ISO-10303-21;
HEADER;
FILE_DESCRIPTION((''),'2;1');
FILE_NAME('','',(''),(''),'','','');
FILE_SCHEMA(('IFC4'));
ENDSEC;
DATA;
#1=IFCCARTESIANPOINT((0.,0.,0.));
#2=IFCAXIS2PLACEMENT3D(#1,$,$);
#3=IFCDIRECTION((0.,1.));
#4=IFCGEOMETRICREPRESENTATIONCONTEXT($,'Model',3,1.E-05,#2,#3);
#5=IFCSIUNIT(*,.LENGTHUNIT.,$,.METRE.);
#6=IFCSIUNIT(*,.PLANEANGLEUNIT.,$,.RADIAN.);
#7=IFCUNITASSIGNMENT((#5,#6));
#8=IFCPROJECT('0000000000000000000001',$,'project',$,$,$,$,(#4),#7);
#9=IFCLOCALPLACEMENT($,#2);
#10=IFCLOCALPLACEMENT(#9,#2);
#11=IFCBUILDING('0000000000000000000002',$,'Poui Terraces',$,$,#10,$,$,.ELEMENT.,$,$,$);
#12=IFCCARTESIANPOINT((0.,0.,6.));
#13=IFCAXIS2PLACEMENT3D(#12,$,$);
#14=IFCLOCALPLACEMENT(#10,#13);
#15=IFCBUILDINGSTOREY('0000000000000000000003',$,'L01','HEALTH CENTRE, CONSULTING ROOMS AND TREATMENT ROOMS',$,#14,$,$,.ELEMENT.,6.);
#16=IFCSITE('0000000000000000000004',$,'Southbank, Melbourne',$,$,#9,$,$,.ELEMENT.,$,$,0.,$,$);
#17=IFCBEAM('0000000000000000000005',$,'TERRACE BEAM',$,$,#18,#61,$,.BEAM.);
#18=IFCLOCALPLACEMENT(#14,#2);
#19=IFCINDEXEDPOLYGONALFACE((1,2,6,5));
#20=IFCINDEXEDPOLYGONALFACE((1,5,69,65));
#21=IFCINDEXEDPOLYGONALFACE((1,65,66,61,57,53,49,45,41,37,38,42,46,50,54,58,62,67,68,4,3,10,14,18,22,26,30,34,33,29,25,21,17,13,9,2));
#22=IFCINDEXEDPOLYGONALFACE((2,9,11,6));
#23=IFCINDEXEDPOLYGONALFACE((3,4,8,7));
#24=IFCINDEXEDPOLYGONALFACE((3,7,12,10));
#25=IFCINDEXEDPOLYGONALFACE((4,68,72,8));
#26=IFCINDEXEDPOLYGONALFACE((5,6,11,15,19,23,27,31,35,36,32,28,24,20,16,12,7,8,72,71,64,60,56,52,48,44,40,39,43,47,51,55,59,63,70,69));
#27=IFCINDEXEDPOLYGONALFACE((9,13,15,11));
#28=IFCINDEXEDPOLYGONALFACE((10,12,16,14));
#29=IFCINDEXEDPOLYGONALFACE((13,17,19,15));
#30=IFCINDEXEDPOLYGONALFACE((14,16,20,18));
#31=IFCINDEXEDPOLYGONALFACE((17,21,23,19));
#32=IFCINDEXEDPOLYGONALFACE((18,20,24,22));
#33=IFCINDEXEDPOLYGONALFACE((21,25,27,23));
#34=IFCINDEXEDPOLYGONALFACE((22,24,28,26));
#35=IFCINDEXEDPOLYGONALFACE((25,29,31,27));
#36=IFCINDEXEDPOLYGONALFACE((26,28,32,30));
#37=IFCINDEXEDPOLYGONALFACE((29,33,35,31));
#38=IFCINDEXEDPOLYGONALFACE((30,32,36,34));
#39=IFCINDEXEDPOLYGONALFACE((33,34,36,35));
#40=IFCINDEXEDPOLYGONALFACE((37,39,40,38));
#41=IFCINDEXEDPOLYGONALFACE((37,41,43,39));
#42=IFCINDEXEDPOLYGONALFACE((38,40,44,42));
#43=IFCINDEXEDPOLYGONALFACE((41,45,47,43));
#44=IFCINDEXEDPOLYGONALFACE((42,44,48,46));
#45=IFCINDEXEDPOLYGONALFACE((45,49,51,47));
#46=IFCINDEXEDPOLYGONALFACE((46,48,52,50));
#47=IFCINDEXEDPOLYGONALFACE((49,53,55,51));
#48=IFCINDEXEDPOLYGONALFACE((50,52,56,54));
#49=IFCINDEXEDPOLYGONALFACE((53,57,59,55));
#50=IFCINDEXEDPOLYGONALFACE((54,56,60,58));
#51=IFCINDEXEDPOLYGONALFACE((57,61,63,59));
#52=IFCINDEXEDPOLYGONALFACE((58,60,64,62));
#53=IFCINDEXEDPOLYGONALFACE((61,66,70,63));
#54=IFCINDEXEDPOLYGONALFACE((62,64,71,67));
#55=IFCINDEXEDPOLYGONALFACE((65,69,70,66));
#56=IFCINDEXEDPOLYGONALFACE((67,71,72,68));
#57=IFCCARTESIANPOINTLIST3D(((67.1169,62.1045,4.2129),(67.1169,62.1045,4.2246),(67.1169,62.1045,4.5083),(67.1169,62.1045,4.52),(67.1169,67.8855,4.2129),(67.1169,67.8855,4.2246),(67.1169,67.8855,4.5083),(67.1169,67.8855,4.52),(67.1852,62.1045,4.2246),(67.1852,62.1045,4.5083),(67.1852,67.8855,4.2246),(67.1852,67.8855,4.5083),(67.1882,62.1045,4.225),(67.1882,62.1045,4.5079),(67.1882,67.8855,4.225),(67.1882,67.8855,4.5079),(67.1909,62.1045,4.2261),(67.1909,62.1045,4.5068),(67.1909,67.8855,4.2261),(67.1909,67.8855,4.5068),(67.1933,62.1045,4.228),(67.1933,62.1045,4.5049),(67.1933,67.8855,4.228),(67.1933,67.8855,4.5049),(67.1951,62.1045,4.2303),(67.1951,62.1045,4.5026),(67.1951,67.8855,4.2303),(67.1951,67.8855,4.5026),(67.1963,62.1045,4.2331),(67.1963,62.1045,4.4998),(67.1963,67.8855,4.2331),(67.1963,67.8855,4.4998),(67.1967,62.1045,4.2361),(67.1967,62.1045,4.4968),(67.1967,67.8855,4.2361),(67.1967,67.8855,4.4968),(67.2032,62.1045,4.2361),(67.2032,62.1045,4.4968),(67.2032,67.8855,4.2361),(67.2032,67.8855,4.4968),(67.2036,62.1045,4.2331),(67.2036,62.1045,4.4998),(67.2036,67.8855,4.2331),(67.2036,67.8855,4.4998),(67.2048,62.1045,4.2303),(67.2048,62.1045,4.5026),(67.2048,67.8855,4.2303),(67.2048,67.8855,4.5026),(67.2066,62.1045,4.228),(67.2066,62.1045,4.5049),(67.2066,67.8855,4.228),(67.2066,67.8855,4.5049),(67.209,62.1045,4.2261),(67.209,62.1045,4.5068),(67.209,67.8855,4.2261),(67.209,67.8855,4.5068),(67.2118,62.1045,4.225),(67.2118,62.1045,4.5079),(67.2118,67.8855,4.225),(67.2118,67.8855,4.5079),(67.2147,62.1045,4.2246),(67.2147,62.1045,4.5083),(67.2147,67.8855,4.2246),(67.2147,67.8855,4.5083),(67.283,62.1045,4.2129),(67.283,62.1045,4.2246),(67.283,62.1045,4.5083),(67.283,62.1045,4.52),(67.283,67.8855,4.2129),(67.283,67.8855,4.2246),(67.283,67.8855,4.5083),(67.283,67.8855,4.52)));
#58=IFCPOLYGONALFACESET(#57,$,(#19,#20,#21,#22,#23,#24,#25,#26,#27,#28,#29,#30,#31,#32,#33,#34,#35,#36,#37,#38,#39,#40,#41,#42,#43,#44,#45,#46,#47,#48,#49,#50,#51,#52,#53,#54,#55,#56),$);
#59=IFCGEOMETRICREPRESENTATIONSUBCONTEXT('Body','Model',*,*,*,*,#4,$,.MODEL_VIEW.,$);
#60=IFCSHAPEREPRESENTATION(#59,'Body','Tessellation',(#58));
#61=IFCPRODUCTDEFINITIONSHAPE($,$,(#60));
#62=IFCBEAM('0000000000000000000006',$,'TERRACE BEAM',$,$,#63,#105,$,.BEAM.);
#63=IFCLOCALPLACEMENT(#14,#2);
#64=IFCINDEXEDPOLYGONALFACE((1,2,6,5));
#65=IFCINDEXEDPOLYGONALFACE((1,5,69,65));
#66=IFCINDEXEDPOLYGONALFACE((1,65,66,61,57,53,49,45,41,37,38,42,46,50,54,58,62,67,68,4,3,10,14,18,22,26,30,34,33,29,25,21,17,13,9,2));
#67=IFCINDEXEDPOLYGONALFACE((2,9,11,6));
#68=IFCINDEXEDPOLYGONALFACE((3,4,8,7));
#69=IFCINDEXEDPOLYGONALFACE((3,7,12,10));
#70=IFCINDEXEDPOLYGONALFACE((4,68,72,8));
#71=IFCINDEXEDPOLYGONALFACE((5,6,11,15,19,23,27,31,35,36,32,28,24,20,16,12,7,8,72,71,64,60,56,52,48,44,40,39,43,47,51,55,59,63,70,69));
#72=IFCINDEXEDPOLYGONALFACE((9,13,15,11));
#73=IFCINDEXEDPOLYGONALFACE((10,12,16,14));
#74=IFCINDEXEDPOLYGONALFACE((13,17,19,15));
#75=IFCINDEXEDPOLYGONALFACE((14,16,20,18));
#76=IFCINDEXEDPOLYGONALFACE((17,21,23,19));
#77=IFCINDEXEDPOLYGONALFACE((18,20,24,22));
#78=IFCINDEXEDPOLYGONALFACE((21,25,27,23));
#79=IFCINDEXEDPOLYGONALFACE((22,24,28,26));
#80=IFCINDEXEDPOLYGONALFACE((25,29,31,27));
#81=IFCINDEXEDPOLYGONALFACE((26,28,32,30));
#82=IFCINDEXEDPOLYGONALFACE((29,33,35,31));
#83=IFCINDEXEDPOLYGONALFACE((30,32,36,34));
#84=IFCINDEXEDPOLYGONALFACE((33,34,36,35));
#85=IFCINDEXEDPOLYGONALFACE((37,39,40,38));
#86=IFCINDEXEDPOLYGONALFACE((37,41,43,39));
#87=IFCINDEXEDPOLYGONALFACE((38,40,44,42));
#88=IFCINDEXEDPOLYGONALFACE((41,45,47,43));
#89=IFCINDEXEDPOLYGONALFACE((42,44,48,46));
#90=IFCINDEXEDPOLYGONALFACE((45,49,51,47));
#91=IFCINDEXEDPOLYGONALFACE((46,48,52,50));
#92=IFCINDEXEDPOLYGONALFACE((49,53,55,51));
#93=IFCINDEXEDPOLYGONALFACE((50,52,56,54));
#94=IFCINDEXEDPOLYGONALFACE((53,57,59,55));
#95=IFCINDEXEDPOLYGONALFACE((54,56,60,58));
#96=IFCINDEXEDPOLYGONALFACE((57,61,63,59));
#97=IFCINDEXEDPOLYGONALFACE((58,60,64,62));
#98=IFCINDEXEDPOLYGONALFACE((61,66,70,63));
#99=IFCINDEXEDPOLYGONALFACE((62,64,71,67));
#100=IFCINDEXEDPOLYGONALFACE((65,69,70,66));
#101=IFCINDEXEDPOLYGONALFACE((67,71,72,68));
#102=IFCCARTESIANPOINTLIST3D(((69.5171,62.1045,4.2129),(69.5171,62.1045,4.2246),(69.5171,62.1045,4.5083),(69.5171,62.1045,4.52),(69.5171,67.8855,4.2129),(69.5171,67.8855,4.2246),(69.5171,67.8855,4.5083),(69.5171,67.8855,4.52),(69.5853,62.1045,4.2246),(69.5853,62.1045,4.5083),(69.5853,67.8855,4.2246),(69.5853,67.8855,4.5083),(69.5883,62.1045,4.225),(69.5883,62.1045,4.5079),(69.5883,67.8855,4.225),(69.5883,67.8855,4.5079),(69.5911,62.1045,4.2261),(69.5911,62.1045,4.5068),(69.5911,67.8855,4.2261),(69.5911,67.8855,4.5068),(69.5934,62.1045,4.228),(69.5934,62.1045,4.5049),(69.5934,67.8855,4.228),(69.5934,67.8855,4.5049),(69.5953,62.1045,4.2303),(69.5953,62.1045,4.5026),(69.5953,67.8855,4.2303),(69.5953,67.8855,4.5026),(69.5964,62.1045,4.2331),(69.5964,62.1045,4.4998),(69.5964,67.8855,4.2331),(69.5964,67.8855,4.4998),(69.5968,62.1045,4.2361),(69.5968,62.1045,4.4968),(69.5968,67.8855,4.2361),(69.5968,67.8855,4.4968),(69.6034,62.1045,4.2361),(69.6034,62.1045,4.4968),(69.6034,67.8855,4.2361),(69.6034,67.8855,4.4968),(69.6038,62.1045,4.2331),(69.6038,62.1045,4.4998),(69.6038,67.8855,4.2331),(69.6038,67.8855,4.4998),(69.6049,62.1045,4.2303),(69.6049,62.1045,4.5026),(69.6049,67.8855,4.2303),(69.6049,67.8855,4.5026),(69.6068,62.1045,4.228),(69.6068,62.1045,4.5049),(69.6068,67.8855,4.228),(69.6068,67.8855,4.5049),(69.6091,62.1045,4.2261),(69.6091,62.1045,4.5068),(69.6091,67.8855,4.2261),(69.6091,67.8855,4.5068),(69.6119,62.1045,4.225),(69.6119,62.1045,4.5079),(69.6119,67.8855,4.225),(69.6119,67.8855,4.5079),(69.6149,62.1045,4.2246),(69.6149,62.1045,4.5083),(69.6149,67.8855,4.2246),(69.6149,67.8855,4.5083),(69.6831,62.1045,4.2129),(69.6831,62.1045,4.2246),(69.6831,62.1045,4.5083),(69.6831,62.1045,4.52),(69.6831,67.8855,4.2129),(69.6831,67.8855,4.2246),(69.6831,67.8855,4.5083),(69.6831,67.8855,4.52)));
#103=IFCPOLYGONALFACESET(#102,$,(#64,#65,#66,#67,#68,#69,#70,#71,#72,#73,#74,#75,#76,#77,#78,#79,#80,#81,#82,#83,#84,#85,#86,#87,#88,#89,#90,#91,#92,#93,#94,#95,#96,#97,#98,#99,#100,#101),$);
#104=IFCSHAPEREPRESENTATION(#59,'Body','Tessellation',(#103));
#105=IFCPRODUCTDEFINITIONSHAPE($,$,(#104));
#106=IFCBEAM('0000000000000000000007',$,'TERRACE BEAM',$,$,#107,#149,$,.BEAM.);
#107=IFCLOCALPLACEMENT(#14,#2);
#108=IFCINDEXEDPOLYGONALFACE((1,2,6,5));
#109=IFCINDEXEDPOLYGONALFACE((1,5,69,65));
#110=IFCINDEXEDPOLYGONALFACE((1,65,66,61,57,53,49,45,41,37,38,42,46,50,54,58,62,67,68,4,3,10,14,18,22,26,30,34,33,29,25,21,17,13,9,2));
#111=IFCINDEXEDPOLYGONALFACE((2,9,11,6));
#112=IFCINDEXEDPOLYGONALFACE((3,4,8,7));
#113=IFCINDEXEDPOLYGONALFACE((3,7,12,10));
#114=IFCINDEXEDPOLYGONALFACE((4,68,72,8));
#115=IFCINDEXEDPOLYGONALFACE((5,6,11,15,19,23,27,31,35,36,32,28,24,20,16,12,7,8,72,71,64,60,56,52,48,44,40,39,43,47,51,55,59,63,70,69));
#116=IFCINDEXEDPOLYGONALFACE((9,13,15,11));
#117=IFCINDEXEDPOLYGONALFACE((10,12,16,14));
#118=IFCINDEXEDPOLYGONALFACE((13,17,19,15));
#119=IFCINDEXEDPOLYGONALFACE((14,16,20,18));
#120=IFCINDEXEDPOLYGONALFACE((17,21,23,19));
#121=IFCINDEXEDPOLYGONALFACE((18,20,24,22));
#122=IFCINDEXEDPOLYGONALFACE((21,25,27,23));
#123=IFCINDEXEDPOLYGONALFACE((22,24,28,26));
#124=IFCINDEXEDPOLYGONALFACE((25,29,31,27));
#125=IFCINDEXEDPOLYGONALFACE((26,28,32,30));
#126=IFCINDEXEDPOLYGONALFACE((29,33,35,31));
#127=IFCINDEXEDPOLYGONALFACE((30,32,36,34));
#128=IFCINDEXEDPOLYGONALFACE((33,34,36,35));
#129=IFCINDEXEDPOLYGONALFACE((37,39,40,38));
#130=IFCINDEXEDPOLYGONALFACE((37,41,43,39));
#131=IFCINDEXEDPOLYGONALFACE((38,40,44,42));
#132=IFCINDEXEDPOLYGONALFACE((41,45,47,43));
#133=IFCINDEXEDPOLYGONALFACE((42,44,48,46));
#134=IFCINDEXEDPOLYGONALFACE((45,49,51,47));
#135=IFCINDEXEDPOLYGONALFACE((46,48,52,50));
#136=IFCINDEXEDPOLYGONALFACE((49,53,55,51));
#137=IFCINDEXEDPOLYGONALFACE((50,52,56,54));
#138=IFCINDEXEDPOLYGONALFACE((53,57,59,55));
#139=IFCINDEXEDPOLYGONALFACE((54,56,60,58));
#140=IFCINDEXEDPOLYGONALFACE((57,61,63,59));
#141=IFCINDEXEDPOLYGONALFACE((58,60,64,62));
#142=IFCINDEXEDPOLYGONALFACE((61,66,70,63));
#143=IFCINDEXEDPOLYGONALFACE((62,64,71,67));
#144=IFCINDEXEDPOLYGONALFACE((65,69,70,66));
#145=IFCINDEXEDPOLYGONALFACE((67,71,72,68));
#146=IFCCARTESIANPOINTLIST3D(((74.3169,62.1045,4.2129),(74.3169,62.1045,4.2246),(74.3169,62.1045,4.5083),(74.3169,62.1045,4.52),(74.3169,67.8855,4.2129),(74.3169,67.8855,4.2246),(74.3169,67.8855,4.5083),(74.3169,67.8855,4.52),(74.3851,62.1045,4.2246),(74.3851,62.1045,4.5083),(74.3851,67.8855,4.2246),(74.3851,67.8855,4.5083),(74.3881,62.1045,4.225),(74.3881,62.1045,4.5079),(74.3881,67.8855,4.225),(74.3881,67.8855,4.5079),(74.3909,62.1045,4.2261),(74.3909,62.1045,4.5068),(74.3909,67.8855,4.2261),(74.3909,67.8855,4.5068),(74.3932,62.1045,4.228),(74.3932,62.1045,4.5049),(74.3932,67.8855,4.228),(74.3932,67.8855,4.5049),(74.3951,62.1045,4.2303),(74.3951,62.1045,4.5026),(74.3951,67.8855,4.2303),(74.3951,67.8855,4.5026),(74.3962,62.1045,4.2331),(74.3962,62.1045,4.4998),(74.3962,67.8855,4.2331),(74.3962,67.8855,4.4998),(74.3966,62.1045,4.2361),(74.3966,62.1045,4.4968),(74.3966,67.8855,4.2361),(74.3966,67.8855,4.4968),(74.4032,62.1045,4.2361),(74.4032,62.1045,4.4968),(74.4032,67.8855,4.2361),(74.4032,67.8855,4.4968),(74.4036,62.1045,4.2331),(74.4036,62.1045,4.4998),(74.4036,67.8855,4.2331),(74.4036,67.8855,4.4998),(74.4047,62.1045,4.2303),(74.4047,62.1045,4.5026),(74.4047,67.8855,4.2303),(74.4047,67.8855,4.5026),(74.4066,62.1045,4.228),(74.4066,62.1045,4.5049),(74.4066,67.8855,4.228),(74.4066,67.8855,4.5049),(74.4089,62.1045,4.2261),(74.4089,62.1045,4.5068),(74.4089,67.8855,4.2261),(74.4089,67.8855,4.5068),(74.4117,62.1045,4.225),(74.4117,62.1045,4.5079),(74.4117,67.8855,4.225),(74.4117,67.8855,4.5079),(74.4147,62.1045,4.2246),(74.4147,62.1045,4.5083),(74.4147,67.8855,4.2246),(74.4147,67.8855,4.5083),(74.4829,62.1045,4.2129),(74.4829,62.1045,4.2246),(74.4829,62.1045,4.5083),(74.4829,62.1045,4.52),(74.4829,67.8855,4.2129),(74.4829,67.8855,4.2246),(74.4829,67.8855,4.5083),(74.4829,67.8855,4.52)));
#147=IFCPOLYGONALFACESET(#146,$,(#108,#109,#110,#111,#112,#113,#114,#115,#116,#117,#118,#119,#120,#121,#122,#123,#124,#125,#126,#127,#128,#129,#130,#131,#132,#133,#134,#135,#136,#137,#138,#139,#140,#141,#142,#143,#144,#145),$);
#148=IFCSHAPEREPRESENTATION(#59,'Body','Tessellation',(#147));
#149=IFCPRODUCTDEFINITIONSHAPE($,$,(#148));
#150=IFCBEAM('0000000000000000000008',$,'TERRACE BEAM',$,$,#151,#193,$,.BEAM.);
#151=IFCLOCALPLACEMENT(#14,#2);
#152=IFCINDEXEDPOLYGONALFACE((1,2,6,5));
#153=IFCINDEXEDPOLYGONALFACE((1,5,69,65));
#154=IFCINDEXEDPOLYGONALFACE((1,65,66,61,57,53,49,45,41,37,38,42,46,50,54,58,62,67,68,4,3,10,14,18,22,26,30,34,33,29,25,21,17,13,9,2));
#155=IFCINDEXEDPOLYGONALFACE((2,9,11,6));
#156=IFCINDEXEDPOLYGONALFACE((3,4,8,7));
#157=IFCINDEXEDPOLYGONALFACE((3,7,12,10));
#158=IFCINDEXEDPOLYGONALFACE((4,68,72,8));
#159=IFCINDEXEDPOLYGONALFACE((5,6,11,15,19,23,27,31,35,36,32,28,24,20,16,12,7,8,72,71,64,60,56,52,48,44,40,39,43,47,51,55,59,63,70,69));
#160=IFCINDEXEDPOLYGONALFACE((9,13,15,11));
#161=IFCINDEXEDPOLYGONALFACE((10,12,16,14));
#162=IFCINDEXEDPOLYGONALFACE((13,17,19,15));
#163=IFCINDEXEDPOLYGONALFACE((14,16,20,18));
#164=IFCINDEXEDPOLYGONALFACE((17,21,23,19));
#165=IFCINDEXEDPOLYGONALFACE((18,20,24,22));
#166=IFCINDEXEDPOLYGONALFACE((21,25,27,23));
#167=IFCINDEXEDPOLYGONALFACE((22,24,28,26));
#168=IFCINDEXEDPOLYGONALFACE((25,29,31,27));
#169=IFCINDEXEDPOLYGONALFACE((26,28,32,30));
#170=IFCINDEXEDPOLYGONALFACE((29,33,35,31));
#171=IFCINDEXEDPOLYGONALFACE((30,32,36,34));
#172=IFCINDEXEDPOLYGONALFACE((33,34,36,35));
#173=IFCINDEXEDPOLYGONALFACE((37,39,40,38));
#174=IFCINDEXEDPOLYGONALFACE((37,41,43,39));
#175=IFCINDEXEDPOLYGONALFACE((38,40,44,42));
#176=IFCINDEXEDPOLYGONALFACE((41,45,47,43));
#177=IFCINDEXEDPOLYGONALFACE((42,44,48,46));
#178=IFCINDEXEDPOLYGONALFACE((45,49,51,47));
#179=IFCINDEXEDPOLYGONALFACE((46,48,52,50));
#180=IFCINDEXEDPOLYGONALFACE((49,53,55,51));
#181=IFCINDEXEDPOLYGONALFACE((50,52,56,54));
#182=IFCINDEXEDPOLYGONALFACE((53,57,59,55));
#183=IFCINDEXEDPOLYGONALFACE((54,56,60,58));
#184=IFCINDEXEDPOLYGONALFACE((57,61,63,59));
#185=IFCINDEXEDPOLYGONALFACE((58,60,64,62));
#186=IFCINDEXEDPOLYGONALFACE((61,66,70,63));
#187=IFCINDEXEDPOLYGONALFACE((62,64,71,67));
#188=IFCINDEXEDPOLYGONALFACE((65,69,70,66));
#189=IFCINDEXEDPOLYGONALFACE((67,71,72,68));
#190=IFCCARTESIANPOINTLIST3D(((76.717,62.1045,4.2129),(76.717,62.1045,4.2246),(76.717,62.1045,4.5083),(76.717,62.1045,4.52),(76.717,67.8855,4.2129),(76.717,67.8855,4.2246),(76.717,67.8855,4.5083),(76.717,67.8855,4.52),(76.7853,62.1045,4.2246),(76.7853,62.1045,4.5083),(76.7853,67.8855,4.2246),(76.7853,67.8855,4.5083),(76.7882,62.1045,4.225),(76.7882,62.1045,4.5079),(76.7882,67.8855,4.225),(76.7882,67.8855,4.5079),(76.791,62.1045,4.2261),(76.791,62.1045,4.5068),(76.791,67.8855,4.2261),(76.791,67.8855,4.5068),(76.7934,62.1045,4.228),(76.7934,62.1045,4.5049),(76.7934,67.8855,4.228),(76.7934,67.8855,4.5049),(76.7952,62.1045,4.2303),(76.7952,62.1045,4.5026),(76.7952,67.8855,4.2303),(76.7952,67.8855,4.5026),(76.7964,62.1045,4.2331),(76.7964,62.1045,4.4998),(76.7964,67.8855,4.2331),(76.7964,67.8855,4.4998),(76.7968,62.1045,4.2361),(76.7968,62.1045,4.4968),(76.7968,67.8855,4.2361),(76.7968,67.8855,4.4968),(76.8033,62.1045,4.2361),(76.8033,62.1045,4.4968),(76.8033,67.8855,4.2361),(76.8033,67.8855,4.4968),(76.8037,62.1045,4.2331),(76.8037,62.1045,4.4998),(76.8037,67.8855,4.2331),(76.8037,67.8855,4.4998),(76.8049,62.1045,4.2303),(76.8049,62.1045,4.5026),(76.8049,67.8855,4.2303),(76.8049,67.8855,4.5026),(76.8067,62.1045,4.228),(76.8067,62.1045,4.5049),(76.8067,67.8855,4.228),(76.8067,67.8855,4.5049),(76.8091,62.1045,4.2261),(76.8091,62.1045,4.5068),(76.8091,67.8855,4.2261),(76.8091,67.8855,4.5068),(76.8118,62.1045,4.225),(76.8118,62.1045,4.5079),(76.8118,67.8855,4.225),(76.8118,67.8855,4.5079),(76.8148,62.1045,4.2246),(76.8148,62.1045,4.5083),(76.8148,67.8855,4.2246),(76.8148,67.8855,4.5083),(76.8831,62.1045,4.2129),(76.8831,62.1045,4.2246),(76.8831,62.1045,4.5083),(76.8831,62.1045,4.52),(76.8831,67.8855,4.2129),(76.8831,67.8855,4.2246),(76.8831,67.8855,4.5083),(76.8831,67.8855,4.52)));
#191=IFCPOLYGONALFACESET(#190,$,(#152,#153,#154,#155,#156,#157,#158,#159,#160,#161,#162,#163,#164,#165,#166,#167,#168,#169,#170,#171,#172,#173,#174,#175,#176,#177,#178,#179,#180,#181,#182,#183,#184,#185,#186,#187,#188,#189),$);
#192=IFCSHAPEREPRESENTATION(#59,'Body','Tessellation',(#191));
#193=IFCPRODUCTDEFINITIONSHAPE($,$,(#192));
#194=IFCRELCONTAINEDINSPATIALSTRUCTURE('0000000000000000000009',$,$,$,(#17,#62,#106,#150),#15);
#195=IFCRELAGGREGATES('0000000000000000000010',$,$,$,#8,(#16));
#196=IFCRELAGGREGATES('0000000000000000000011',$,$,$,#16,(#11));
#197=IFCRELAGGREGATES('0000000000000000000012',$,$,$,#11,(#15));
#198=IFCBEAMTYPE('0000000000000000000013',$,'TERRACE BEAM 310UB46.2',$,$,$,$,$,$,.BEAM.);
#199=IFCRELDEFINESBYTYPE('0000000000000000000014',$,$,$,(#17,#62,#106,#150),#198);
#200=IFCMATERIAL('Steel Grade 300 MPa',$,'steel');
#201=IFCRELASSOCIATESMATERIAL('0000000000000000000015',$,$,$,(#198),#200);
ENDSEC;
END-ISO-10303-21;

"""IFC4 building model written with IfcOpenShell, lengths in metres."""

from ifc_helpers import new_model, si_unit, direction, frame, origin, origin_2d, place, context, subcontext, project, spatial, i_section, extrude, source, transform, mapped, material, material_profile, profile_set, type_object, element, save


model = new_model("IFC4")

# Units and contexts
model_context = context("Model", 3, precision=1e-05, world=origin(), true_north=direction((0.0, 1.0)))
body_context = subcontext(model_context, "Body", "Model", "MODEL_VIEW")
ifc_project = project(units=[si_unit("LENGTHUNIT", "METRE"), si_unit("PLANEANGLEUNIT", "RADIAN")], contexts=[model_context])

# Site, building, storey
site_placement = place(None, origin())
site = spatial("IfcSite", under=ifc_project, at=site_placement, Name="Southbank, Melbourne", CompositionType="ELEMENT", RefElevation=0.0)
building_placement = place(site_placement, origin())
building = spatial("IfcBuilding", under=site, at=building_placement, Name="Poui Terraces", CompositionType="ELEMENT")
storey_placement = place(building_placement, frame((0.0, 0.0, 6.0)))
storey = spatial("IfcBuildingStorey", under=building, at=storey_placement, Name="L01", Description="HEALTH CENTRE, CONSULTING ROOMS AND TREATMENT ROOMS", CompositionType="ELEMENT", Elevation=6.0)

# Beams
ifc_material_1 = material(Name="Steel Grade 300 MPa", Category="steel")
ifc_material_profile_1 = material_profile(ifc_material_1, i_section(OverallWidth=0.166, OverallDepth=0.3071, WebThickness=0.0066, FlangeThickness=0.0117, FilletRadius=0.0115, at=origin_2d()), Name="310UB46.2")
ifc_profile_set_1 = profile_set([ifc_material_profile_1], Name="Steel Grade 300 MPa")
beam_type_1 = type_object("IfcBeamType", Name="TERRACE BEAM 310UB46.2", PredefinedType="BEAM", material=ifc_profile_set_1)
shared_shape_1 = source(origin(), body_context, "Body", "SweptSolid", [
    extrude(i_section(OverallWidth=0.166, OverallDepth=0.3071, WebThickness=0.0066, FlangeThickness=0.0117, FilletRadius=0.0115, at=origin_2d()), origin(), (0.0, 0.0, 1.0), 5.781),
])
for number, where, z_axis, x_axis, name in (
    (1, (67.2, 62.1045, 4.3665), (0.0, 1.0, 0.0), (-1.0, 0.0, 0.0), "TERRACE BEAM"),
    (2, (69.6001, 62.1045, 4.3665), (0.0, 1.0, 0.0), (-1.0, 0.0, 0.0), "TERRACE BEAM"),
    (3, (74.3999, 62.1045, 4.3665), (0.0, 1.0, 0.0), (-1.0, 0.0, 0.0), "TERRACE BEAM"),
    (4, (76.8, 62.1045, 4.3665), (0.0, 1.0, 0.0), (-1.0, 0.0, 0.0), "TERRACE BEAM"),
):
    element("IfcBeam", number, at=place(storey_placement, frame(where, z_axis=z_axis, x_axis=x_axis)), inside=storey, type_object=beam_type_1, Name=name, PredefinedType="BEAM", context=body_context, shape_type="MappedRepresentation", body=[
        mapped(shared_shape_1, transform((0.0, 0.0, 0.0))),
    ])

save(model, "model.ifc")
